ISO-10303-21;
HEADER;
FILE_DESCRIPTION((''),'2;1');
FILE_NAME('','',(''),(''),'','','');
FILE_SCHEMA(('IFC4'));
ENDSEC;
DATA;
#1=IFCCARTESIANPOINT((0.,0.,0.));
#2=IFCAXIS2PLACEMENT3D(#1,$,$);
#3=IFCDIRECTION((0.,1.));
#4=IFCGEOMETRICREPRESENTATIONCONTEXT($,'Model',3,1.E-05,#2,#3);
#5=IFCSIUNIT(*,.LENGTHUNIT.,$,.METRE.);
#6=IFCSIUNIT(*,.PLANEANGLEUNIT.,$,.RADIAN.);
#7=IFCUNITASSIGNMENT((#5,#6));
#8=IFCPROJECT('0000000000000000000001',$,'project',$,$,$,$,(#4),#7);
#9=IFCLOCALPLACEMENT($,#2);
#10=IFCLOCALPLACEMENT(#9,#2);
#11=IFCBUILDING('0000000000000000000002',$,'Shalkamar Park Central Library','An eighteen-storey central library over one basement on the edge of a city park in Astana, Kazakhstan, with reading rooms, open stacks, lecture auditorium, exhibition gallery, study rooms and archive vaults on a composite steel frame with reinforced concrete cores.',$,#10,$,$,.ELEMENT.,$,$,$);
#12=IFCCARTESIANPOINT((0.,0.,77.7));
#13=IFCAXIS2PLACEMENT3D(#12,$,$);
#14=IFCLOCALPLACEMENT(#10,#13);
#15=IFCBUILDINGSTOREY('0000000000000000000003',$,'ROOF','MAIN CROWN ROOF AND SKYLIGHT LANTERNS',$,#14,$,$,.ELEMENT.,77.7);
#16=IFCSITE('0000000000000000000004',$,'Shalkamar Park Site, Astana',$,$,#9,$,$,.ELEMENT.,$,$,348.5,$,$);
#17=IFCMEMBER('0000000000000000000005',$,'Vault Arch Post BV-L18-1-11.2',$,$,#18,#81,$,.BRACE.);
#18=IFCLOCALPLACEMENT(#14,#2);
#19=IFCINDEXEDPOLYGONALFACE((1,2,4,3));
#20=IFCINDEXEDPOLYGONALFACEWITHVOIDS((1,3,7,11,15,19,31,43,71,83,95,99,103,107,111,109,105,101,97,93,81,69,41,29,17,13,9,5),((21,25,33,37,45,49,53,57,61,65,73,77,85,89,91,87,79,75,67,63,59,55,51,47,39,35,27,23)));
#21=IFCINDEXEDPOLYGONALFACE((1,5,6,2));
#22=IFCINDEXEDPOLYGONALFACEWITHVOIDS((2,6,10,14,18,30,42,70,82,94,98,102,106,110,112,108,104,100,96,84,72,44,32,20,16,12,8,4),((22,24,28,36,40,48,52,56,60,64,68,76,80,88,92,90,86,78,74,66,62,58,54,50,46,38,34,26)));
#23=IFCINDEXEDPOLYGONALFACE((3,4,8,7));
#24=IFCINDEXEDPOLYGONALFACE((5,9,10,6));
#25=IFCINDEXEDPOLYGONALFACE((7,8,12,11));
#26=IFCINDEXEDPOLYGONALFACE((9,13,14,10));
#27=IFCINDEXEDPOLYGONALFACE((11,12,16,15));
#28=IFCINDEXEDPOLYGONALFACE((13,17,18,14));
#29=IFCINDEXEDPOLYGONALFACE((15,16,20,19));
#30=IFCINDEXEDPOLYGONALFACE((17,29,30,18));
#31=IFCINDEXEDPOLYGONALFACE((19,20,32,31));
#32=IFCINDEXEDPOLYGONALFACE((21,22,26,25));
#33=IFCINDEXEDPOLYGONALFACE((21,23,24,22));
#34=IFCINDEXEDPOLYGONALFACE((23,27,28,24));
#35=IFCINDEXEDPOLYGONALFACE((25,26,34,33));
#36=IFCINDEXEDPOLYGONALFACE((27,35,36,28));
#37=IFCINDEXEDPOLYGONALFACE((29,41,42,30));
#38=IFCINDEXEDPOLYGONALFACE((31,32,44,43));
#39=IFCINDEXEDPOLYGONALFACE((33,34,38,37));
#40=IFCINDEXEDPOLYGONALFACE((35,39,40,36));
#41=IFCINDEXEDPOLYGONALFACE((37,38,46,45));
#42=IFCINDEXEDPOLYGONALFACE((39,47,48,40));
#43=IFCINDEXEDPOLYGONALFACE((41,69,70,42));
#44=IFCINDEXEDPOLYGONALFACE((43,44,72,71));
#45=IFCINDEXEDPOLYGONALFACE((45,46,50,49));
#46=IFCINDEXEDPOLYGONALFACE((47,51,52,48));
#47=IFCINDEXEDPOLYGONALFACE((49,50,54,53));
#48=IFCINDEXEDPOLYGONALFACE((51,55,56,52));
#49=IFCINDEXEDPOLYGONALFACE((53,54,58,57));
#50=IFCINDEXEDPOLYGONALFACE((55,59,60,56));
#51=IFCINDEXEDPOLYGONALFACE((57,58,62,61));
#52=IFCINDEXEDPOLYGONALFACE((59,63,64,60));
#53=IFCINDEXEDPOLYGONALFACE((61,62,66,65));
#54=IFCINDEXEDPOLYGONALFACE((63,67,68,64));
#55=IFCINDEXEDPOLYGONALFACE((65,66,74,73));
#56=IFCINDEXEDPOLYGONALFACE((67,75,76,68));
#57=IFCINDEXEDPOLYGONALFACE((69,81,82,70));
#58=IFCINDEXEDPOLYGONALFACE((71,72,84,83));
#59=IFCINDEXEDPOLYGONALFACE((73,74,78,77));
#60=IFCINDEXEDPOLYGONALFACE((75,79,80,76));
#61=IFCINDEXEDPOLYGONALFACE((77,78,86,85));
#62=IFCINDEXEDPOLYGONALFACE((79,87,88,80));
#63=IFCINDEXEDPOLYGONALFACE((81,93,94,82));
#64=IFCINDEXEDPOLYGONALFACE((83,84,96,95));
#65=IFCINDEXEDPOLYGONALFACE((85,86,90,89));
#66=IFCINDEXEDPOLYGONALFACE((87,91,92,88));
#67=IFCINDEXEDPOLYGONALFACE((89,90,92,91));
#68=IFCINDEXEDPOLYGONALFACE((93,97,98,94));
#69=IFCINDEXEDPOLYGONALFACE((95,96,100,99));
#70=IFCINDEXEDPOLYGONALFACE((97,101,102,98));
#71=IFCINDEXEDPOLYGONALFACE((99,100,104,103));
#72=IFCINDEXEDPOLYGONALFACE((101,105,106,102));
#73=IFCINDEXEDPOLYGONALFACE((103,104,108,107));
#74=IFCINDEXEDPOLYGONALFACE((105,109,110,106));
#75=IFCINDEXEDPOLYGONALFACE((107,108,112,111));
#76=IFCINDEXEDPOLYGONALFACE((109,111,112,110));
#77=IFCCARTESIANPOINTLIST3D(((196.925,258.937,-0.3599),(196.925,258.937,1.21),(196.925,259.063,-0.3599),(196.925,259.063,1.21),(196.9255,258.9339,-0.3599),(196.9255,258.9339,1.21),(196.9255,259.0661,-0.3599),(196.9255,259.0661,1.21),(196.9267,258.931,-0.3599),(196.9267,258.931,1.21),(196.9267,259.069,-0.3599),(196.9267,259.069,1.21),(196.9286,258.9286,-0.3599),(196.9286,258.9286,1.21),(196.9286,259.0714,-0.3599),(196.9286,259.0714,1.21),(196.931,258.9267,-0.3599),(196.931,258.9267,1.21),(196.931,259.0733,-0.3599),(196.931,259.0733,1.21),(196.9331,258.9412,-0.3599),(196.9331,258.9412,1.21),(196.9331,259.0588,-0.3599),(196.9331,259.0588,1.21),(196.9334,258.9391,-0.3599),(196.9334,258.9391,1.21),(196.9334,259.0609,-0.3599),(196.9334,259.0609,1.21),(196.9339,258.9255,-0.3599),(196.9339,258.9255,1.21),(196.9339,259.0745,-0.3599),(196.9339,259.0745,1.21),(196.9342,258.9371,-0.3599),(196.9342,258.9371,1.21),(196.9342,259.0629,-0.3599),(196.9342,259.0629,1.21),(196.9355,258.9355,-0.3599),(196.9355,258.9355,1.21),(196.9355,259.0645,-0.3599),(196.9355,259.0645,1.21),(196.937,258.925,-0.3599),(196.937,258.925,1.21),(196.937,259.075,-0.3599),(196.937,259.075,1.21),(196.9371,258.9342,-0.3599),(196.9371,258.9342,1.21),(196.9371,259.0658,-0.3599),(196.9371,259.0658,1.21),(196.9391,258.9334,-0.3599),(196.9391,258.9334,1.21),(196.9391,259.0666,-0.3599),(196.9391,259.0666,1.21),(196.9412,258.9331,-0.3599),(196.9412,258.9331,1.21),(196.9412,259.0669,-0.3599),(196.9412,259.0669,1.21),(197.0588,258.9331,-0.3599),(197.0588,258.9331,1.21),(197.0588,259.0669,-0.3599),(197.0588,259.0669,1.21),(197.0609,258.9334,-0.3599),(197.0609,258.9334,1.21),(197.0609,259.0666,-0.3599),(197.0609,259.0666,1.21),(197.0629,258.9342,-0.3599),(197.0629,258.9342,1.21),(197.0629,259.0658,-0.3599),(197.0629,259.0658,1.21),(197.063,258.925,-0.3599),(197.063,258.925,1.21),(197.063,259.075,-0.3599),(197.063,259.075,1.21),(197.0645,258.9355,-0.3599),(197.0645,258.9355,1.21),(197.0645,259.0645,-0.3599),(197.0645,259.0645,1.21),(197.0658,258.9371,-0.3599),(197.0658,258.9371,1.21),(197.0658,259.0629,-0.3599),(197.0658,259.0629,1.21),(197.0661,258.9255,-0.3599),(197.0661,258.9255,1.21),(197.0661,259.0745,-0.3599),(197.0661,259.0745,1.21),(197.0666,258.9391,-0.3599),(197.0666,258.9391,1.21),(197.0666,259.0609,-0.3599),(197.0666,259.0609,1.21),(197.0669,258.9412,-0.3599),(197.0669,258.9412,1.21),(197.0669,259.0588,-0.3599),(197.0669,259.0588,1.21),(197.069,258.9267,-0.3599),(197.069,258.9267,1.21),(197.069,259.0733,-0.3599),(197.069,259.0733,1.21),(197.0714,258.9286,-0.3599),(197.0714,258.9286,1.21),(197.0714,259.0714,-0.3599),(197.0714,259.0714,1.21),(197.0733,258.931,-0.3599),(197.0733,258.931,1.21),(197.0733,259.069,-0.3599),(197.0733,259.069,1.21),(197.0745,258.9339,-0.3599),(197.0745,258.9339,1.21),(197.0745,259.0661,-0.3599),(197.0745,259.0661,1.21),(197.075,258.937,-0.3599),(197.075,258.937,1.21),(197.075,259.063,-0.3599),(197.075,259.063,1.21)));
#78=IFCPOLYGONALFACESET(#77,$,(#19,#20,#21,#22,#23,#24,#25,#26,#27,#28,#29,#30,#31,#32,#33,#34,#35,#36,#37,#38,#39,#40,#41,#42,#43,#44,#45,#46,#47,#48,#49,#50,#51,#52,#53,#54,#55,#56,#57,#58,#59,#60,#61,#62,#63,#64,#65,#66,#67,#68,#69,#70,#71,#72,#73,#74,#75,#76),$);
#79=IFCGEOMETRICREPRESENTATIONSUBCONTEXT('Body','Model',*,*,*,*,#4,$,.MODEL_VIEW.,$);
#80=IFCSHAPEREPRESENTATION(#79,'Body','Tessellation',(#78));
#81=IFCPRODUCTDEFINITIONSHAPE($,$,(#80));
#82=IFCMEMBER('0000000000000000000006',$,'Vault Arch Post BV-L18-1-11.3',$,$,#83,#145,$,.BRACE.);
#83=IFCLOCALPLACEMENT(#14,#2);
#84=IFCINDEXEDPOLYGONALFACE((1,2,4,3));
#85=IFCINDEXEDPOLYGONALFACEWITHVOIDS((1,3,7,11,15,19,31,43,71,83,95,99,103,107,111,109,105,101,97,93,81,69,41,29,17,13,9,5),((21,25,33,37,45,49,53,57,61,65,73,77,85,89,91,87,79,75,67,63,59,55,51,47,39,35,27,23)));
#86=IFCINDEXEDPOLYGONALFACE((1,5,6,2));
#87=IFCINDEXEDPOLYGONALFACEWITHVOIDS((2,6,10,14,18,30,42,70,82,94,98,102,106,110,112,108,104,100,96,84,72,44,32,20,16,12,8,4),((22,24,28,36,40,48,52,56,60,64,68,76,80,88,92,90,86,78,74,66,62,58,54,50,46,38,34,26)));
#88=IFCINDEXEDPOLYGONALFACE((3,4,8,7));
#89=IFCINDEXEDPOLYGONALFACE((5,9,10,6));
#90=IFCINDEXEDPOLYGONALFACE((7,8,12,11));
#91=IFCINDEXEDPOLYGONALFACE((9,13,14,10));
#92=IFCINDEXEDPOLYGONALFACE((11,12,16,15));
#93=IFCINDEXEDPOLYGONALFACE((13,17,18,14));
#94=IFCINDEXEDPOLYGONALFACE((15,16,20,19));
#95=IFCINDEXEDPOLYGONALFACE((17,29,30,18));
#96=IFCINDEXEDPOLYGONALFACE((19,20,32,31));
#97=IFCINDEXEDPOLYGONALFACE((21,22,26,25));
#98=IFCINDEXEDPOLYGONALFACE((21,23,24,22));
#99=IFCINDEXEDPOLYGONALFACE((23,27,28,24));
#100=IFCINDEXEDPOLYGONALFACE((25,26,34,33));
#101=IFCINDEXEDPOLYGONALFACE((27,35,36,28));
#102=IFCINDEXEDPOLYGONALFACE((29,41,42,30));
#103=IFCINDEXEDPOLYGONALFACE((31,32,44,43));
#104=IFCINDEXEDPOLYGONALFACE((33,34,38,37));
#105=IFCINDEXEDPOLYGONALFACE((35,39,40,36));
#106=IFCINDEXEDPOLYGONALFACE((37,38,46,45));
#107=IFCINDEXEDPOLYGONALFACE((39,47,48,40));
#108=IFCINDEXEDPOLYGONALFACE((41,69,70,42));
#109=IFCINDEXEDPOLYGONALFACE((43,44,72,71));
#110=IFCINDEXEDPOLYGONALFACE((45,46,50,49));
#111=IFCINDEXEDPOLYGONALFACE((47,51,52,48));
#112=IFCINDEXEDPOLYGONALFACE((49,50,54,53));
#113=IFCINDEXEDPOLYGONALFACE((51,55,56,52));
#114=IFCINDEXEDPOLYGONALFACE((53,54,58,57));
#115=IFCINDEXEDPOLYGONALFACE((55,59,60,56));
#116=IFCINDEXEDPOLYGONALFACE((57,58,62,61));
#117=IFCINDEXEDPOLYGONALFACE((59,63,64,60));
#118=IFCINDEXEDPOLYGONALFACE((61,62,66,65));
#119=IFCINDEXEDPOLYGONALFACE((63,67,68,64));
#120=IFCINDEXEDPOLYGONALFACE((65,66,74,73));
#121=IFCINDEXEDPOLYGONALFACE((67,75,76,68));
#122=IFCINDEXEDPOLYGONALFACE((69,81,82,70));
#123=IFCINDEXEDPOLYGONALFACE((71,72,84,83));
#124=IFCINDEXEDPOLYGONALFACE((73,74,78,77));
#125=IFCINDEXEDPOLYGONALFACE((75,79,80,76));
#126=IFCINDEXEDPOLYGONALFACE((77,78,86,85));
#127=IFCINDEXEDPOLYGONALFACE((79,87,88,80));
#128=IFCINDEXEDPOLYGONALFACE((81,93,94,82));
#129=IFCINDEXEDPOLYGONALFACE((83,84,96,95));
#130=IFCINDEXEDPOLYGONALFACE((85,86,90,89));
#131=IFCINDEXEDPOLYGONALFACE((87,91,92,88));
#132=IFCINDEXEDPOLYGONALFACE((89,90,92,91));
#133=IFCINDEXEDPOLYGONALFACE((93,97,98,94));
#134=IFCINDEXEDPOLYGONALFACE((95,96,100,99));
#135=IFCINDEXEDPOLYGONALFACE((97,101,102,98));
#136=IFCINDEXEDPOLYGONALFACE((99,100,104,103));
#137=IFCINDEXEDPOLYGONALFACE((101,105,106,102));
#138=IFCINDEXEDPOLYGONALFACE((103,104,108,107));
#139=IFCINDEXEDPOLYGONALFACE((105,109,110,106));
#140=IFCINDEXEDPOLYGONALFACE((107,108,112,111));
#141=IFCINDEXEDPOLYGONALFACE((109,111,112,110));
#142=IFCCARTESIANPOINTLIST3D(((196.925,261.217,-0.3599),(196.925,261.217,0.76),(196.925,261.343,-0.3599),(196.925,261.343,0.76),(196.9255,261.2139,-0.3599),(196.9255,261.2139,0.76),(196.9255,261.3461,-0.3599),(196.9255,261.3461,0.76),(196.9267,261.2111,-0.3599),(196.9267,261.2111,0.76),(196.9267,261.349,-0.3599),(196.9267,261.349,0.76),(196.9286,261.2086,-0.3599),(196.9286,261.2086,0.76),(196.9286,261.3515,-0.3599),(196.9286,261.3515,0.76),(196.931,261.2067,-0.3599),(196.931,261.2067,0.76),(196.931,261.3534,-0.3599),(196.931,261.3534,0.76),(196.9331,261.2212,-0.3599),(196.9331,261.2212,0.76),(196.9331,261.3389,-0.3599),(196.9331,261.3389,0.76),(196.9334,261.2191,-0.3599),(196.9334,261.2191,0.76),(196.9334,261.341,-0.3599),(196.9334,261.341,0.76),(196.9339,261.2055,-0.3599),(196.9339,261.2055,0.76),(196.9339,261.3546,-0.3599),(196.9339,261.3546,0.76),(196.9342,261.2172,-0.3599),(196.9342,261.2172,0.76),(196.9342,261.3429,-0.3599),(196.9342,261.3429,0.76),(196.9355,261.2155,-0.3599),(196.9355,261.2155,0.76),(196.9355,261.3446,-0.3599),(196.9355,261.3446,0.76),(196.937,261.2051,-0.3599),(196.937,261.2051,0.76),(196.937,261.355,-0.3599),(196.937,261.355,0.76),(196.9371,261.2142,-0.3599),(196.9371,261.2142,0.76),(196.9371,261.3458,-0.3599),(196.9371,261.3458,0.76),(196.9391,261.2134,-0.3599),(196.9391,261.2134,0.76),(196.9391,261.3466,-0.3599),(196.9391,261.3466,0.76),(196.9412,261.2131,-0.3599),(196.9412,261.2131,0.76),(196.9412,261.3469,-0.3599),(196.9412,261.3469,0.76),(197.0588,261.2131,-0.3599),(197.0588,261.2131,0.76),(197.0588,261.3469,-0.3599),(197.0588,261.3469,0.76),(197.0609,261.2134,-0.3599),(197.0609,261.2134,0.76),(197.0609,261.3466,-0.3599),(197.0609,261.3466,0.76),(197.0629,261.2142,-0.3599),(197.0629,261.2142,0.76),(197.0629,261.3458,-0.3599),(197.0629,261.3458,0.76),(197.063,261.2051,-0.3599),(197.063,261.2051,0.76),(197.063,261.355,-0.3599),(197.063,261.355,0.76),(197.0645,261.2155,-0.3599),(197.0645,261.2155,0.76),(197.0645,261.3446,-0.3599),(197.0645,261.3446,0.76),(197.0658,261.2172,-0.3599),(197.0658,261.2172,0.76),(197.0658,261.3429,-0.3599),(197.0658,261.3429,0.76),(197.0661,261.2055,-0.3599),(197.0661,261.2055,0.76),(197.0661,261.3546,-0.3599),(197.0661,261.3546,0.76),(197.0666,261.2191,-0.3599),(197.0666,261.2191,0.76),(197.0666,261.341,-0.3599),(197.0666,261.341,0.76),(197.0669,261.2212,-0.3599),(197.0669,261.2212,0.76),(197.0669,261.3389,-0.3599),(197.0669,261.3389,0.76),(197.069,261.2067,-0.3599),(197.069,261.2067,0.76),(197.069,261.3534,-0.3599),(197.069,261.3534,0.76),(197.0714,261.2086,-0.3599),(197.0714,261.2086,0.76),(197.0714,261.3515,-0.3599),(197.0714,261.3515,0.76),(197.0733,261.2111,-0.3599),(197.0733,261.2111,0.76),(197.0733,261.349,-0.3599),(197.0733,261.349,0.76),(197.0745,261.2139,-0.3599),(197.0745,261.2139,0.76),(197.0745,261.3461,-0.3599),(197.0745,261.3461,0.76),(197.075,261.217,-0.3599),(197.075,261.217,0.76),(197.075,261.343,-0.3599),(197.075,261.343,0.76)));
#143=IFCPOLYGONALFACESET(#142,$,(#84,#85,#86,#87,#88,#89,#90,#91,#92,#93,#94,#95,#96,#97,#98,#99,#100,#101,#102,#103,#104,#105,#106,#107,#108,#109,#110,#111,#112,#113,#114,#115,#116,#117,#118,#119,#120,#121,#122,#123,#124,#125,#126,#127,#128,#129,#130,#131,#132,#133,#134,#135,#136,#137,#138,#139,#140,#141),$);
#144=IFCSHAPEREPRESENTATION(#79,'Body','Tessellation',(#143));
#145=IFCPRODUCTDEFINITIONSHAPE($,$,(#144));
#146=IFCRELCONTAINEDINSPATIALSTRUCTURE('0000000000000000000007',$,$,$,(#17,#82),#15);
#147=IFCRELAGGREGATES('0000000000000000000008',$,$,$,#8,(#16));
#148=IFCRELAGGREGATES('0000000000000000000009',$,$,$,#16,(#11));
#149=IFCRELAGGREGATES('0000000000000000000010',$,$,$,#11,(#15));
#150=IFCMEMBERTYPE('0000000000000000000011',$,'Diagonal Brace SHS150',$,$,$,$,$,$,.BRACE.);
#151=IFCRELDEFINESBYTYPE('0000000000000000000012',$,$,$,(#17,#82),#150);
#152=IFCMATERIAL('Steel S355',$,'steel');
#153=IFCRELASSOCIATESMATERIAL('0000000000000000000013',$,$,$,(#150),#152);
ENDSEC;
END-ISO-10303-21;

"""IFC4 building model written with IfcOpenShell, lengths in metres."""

from ifc_helpers import new_model, si_unit, direction, frame, origin, origin_2d, place, context, subcontext, project, spatial, hollow_rectangle, extrude, material, material_profile, profile_set, type_object, element, save


model = new_model("IFC4")

# Units and contexts
model_context = context("Model", 3, precision=1e-05, world=origin(), true_north=direction((0.0, 1.0)))
body_context = subcontext(model_context, "Body", "Model", "MODEL_VIEW")
ifc_project = project(units=[si_unit("LENGTHUNIT", "METRE"), si_unit("PLANEANGLEUNIT", "RADIAN")], contexts=[model_context])

# Site, building, storey
site_placement = place(None, origin())
site = spatial("IfcSite", under=ifc_project, at=site_placement, Name="Shalkamar Park Site, Astana", CompositionType="ELEMENT", RefElevation=348.5)
building_placement = place(site_placement, origin())
building = spatial("IfcBuilding", under=site, at=building_placement, Name="Shalkamar Park Central Library", Description="An eighteen-storey central library over one basement on the edge of a city park in Astana, Kazakhstan, with reading rooms, open stacks, lecture auditorium, exhibition gallery, study rooms and archive vaults on a composite steel frame with reinforced concrete cores.", CompositionType="ELEMENT")
storey_placement = place(building_placement, frame((0.0, 0.0, 77.7)))
storey = spatial("IfcBuildingStorey", under=building, at=storey_placement, Name="ROOF", Description="MAIN CROWN ROOF AND SKYLIGHT LANTERNS", CompositionType="ELEMENT", Elevation=77.7)

# Members
ifc_material_1 = material(Name="Steel S355", Category="steel")
ifc_material_profile_1 = material_profile(ifc_material_1, hollow_rectangle(XDim=0.1499, YDim=0.1499, WallThickness=0.0081, InnerFilletRadius=0.0081, OuterFilletRadius=0.012, at=origin_2d()), Name="SHS 150x150x8")
ifc_profile_set_1 = profile_set([ifc_material_profile_1], Name="Steel S355")
member_type_1 = type_object("IfcMemberType", Name="Diagonal Brace SHS150", PredefinedType="BRACE", material=ifc_profile_set_1)
member_1_placement = place(storey_placement, frame((197.0, 259.0, -0.3599), z_axis=(0.0, 0.0, 1.0), x_axis=(1.0, 0.0, 0.0)))
element("IfcMember", 1, at=member_1_placement, inside=storey, type_object=member_type_1, Name="Vault Arch Post BV-L18-1-11.2", PredefinedType="BRACE", context=body_context, shape_type="SweptSolid", body=[
    extrude(hollow_rectangle(XDim=0.1499, YDim=0.1499, WallThickness=0.0081, InnerFilletRadius=0.0081, OuterFilletRadius=0.012, at=origin_2d()), origin(), (0.0, 0.0, 1.0), 1.5698),
])
member_2_placement = place(storey_placement, frame((197.0, 261.28, -0.3599), z_axis=(0.0, 0.0, 1.0), x_axis=(1.0, 0.0, 0.0)))
element("IfcMember", 2, at=member_2_placement, inside=storey, type_object=member_type_1, Name="Vault Arch Post BV-L18-1-11.3", PredefinedType="BRACE", context=body_context, shape_type="SweptSolid", body=[
    extrude(hollow_rectangle(XDim=0.1499, YDim=0.1499, WallThickness=0.0081, InnerFilletRadius=0.0081, OuterFilletRadius=0.012, at=origin_2d()), origin(), (0.0, 0.0, 1.0), 1.1199),
])

save(model, "model.ifc")
